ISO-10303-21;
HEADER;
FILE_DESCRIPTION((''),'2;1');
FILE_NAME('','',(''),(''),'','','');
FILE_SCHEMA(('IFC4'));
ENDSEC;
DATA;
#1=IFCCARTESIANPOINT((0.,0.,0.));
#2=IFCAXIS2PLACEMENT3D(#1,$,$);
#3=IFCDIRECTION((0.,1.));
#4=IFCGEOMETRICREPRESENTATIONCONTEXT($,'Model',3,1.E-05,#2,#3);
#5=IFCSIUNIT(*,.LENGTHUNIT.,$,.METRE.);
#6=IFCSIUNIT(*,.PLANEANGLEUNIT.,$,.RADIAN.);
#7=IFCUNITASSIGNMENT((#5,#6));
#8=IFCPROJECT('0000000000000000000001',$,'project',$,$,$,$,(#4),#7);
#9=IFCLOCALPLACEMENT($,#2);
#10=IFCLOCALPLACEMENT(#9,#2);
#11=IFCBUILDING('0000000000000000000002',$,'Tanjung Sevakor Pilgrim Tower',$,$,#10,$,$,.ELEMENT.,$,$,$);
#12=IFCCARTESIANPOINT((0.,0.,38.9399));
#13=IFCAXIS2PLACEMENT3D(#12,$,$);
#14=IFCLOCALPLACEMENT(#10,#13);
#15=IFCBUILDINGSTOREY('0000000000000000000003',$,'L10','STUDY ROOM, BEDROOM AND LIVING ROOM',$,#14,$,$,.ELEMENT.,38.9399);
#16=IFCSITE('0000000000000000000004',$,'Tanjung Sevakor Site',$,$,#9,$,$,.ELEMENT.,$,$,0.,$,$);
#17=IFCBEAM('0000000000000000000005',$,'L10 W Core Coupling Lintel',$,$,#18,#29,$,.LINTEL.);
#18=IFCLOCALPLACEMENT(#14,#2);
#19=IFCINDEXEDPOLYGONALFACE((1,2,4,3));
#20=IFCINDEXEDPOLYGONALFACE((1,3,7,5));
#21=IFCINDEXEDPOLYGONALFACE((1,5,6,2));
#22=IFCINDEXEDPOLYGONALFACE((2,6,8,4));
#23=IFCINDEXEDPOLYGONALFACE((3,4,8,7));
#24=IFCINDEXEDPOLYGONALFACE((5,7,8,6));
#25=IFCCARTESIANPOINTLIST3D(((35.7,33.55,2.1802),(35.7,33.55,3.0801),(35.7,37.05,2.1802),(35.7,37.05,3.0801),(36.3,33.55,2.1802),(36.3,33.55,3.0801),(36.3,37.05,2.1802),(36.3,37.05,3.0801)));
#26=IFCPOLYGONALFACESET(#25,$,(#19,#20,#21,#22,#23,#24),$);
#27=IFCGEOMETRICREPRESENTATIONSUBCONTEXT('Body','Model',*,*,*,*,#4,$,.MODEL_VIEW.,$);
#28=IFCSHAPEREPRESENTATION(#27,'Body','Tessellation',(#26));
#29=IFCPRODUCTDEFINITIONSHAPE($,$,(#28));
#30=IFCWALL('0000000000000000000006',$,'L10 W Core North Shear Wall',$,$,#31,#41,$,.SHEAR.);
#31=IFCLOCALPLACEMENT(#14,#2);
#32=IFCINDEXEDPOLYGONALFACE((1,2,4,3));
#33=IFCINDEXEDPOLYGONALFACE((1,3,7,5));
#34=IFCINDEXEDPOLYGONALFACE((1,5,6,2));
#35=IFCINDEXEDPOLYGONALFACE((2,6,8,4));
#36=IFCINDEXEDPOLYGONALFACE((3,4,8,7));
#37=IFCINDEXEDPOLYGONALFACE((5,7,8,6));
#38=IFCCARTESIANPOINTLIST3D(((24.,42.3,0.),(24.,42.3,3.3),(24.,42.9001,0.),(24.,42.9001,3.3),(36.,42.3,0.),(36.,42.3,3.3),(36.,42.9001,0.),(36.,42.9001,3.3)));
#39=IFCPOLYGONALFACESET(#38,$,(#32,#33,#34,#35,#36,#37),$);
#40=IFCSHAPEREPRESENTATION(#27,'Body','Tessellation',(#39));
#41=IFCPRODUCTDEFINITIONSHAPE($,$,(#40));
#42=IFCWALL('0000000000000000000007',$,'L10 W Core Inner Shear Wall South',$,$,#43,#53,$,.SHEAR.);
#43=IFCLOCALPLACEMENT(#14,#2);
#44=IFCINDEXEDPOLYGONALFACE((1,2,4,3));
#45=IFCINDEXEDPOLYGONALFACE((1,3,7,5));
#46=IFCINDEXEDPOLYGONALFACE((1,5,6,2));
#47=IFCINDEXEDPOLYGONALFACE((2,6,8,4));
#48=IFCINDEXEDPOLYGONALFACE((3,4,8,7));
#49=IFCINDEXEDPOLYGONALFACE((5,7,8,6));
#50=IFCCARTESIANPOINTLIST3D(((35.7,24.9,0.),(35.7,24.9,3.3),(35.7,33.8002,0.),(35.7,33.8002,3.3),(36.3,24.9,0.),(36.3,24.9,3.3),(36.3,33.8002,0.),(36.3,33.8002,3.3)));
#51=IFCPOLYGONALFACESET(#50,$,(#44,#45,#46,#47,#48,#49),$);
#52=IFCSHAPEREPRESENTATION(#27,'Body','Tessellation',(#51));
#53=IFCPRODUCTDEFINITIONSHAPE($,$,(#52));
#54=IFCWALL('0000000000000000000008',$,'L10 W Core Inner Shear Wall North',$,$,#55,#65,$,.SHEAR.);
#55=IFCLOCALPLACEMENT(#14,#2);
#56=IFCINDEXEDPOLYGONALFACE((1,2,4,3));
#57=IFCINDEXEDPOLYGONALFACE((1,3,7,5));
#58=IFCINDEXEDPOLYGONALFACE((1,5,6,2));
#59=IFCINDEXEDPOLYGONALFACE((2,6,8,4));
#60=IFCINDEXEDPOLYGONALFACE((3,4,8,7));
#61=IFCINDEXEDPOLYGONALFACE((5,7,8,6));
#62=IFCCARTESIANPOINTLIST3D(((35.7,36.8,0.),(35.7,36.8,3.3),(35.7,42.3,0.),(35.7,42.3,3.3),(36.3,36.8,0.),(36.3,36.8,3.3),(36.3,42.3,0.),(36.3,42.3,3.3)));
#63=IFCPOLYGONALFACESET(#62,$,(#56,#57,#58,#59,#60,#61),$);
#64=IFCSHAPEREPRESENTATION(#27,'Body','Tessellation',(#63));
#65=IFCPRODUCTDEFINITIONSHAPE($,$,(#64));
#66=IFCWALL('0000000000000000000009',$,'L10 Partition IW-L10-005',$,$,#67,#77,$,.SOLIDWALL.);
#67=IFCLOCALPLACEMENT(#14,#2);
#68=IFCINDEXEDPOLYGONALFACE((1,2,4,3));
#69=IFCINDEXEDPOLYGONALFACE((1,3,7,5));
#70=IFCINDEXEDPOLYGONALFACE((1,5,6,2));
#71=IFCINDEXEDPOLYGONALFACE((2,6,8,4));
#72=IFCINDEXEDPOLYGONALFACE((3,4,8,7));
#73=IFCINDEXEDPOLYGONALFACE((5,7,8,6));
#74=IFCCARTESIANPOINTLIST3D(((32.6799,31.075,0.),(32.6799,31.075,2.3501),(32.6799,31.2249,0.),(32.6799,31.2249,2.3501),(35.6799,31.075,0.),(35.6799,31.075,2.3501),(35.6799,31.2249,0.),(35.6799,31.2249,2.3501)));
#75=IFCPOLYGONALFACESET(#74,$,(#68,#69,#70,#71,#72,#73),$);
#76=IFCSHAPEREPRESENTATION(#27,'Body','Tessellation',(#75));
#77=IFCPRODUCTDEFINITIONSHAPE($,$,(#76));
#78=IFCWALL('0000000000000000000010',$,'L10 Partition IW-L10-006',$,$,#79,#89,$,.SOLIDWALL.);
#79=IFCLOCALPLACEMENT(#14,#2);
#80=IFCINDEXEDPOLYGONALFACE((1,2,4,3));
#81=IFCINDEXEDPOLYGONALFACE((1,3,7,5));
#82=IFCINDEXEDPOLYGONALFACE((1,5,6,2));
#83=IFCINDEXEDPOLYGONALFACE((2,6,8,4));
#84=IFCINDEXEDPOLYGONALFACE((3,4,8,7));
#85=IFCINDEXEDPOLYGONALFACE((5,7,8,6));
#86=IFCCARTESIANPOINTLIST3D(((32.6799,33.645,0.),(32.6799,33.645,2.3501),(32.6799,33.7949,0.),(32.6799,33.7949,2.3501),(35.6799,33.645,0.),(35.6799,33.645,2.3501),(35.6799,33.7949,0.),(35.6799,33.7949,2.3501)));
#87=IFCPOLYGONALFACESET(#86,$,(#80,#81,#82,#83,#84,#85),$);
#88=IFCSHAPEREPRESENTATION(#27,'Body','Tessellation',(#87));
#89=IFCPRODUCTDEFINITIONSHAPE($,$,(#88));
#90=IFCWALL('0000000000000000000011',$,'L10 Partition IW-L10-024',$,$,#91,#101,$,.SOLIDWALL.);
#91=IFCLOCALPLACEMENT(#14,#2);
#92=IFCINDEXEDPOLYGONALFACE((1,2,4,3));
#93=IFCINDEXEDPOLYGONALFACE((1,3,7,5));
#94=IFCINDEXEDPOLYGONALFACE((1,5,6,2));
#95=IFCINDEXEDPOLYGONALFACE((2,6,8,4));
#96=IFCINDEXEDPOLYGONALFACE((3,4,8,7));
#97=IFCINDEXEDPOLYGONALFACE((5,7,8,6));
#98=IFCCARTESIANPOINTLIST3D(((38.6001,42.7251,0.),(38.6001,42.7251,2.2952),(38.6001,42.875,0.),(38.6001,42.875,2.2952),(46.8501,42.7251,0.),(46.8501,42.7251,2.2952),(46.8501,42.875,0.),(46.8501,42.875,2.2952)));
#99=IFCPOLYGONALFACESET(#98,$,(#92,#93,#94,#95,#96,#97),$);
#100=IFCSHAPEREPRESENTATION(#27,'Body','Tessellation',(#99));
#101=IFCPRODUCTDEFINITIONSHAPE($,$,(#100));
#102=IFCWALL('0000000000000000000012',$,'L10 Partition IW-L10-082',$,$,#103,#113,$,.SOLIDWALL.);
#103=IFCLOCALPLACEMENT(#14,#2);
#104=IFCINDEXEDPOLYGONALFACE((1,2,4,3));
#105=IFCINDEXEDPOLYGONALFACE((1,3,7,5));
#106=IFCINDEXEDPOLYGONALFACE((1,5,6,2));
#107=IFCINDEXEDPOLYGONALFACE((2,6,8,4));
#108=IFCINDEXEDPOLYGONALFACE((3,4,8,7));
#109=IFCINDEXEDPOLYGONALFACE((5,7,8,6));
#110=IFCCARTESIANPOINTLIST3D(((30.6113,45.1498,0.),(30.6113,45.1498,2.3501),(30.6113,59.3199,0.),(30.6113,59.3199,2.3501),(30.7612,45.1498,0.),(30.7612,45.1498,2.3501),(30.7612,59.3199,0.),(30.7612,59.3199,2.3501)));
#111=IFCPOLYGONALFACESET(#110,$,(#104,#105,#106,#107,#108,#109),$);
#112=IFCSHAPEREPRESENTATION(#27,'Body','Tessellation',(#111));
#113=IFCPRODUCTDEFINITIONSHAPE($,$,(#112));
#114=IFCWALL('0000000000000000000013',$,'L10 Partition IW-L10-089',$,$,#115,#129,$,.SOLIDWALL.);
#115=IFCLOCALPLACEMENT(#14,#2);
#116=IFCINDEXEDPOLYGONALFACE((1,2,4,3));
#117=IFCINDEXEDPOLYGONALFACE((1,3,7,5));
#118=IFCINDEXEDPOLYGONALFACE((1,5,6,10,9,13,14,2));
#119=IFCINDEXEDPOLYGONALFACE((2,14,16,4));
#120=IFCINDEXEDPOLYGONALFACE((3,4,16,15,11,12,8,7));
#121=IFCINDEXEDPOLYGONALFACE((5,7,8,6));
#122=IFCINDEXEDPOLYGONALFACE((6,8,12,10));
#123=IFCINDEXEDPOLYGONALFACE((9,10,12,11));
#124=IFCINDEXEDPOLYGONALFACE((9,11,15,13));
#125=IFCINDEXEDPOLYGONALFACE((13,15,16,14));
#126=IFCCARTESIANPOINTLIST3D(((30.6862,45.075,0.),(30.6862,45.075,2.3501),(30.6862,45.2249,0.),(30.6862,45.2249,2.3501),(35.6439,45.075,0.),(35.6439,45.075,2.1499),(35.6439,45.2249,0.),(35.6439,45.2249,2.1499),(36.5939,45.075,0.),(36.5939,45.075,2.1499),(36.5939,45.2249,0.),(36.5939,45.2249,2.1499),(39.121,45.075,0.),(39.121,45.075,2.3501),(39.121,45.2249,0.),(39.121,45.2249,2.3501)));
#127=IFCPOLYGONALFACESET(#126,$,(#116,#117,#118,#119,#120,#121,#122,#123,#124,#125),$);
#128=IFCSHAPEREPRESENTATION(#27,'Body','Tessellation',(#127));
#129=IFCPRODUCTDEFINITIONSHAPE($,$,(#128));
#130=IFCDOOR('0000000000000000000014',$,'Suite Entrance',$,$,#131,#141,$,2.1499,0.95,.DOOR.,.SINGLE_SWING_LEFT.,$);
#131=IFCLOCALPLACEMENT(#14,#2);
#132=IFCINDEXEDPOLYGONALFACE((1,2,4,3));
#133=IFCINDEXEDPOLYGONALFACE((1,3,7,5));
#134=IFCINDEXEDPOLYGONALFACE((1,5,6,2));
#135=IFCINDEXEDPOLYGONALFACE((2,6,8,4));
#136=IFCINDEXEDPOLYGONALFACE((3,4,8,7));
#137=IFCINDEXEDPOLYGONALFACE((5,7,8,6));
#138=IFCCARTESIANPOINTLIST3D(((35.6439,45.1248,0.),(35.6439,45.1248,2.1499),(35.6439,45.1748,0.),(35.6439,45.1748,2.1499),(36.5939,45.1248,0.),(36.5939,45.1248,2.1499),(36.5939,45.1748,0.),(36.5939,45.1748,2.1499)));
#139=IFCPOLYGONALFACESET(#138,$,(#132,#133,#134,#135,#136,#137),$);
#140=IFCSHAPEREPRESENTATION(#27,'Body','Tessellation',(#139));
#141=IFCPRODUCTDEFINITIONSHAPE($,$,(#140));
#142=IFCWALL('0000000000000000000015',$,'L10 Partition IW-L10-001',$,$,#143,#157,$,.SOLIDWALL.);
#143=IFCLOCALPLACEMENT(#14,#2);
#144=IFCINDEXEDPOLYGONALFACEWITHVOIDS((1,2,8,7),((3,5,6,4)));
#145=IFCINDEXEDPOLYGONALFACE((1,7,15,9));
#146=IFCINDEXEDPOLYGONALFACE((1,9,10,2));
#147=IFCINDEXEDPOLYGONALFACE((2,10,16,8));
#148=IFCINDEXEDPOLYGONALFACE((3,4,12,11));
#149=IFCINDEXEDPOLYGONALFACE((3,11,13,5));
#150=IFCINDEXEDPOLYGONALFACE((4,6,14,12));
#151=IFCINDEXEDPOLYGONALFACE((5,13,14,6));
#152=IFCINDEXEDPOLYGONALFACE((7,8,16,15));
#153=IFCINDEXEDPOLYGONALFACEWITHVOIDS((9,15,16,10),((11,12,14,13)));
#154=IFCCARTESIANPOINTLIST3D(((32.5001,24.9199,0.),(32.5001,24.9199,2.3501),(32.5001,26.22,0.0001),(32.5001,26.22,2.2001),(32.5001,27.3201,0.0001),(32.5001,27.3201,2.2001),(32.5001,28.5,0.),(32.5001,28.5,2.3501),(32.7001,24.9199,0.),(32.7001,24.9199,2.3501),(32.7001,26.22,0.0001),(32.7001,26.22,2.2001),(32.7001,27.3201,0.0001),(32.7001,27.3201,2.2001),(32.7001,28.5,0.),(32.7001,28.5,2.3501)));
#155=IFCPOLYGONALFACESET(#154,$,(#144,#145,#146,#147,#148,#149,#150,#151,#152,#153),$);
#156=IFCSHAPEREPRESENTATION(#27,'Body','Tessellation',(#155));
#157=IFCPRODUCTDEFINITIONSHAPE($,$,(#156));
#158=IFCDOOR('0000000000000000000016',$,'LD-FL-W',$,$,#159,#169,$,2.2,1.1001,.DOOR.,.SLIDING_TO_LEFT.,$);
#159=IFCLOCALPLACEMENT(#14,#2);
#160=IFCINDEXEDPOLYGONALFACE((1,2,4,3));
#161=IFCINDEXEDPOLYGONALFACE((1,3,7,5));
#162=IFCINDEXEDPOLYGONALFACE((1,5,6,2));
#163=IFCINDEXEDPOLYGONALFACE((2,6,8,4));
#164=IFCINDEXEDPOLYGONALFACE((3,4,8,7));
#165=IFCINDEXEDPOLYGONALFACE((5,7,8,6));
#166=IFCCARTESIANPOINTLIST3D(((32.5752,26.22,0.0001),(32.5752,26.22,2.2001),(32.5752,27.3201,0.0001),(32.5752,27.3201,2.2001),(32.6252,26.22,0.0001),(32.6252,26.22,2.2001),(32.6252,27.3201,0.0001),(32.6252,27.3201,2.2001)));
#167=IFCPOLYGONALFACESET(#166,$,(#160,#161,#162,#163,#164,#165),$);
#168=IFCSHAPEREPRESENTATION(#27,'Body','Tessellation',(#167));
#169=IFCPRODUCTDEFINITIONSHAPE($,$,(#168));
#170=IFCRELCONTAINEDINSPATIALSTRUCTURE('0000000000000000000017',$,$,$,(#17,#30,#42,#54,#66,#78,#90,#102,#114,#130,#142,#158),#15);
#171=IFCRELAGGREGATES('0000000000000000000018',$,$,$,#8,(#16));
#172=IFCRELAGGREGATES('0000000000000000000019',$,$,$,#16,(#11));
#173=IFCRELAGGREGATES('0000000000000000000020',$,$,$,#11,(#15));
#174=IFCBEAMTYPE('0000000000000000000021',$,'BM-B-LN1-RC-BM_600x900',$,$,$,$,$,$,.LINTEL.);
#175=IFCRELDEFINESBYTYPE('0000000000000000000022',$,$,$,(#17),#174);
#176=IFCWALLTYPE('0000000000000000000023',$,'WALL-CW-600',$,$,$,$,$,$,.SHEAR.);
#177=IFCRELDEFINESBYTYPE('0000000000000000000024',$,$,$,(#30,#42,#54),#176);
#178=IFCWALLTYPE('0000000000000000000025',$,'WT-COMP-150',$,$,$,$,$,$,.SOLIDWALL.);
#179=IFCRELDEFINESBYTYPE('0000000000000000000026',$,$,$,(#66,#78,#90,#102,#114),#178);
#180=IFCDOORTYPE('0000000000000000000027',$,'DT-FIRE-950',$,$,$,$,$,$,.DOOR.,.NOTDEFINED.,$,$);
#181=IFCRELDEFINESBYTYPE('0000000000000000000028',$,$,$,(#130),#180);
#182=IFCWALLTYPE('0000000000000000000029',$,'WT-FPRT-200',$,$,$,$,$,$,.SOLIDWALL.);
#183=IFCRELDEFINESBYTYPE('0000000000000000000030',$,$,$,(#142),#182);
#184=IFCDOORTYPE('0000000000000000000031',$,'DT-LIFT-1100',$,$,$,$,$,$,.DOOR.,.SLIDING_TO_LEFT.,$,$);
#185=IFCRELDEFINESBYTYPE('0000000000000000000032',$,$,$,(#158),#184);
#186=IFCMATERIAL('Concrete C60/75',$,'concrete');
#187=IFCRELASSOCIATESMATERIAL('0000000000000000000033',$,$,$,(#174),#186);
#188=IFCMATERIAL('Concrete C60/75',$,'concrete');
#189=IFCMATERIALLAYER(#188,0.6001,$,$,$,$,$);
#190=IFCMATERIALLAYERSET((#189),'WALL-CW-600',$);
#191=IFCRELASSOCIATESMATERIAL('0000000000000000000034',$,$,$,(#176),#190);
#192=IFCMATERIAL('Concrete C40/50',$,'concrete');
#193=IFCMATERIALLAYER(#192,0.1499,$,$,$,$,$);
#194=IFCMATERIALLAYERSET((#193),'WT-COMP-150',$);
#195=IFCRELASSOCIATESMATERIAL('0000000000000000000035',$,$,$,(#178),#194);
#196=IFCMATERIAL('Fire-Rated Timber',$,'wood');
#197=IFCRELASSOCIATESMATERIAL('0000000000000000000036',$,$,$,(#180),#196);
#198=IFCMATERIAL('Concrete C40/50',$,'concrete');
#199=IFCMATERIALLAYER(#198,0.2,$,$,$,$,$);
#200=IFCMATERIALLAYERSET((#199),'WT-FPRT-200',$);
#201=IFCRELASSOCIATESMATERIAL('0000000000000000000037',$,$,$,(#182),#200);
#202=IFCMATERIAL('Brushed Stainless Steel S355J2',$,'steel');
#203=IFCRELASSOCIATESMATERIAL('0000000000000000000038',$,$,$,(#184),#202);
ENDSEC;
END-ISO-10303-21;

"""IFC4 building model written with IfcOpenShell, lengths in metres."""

from ifc_helpers import new_model, si_unit, direction, frame, frame_2d, origin, origin_2d, place, context, subcontext, project, spatial, rectangle, extrude, material, layer, layer_set, material_profile, profile_set, type_object, element, fill, save


model = new_model("IFC4")

# Units and contexts
model_context = context("Model", 3, precision=1e-05, world=origin(), true_north=direction((0.0, 1.0)))
body_context = subcontext(model_context, "Body", "Model", "MODEL_VIEW")
ifc_project = project(units=[si_unit("LENGTHUNIT", "METRE"), si_unit("PLANEANGLEUNIT", "RADIAN")], contexts=[model_context])

# Site, building, storey
site_placement = place(None, origin())
site = spatial("IfcSite", under=ifc_project, at=site_placement, Name="Tanjung Sevakor Site", CompositionType="ELEMENT", RefElevation=0.0)
building_placement = place(site_placement, origin())
building = spatial("IfcBuilding", under=site, at=building_placement, Name="Tanjung Sevakor Pilgrim Tower", CompositionType="ELEMENT")
storey_placement = place(building_placement, frame((0.0, 0.0, 38.9399)))
storey = spatial("IfcBuildingStorey", under=building, at=storey_placement, Name="L10", Description="STUDY ROOM, BEDROOM AND LIVING ROOM", CompositionType="ELEMENT", Elevation=38.9399)

# Beam
ifc_material_1 = material(Name="Concrete C60/75", Category="concrete")
ifc_material_profile_1 = material_profile(ifc_material_1, rectangle(XDim=0.6001, YDim=0.8999, at=origin_2d()))
ifc_profile_set_1 = profile_set([ifc_material_profile_1], Name="Concrete C60/75")
beam_type_1 = type_object("IfcBeamType", Name="BM-B-LN1-RC-BM_600x900", PredefinedType="LINTEL", material=ifc_profile_set_1)
beam_1_placement = place(storey_placement, frame((36.0, 33.55, 2.6301), z_axis=(0.0, 1.0, 0.0), x_axis=(-1.0, 0.0, 0.0)))
element("IfcBeam", 1, at=beam_1_placement, inside=storey, type_object=beam_type_1, Name="L10 W Core Coupling Lintel", PredefinedType="LINTEL", context=body_context, shape_type="SweptSolid", body=[
    extrude(rectangle(XDim=0.6001, YDim=0.8999, at=origin_2d()), origin(), (0.0, 0.0, 1.0), 3.5),
])

# Walls
ifc_material_2 = material(Name="Concrete C60/75", Category="concrete")
ifc_layer_1 = layer(ifc_material_2, 0.6001)
ifc_layer_set_1 = layer_set([ifc_layer_1], Name="WALL-CW-600")
wall_type_1 = type_object("IfcWallType", Name="WALL-CW-600", PredefinedType="SHEAR", material=ifc_layer_set_1)
wall_1_placement = place(storey_placement, frame((36.0, 42.6001, 0.0), z_axis=(0.0, 0.0, 1.0), x_axis=(-1.0, 0.0, 0.0)))
element("IfcWall", 2, at=wall_1_placement, inside=storey, type_object=wall_type_1, Name="L10 W Core North Shear Wall", PredefinedType="SHEAR", context=body_context, shape_type="SweptSolid", body=[
    extrude(rectangle(XDim=12.0, YDim=0.6001, at=frame_2d((6.0, 0.0))), origin(), (0.0, 0.0, 1.0), 3.3),
])
wall_2_placement = place(storey_placement, frame((36.0, 24.8999, 0.0), z_axis=(0.0, 0.0, 1.0), x_axis=(0.0, 1.0, 0.0)))
element("IfcWall", 3, at=wall_2_placement, inside=storey, type_object=wall_type_1, Name="L10 W Core Inner Shear Wall South", PredefinedType="SHEAR", context=body_context, shape_type="SweptSolid", body=[
    extrude(rectangle(XDim=8.9001, YDim=0.6001, at=frame_2d((4.4502, 0.0))), origin(), (0.0, 0.0, 1.0), 3.3),
])
wall_3_placement = place(storey_placement, frame((36.0, 36.8, 0.0), z_axis=(0.0, 0.0, 1.0), x_axis=(0.0, 1.0, 0.0)))
element("IfcWall", 4, at=wall_3_placement, inside=storey, type_object=wall_type_1, Name="L10 W Core Inner Shear Wall North", PredefinedType="SHEAR", context=body_context, shape_type="SweptSolid", body=[
    extrude(rectangle(XDim=5.5, YDim=0.6001, at=frame_2d((2.75, 0.0))), origin(), (0.0, 0.0, 1.0), 3.3),
])
ifc_material_3 = material(Name="Concrete C40/50", Category="concrete")
ifc_layer_2 = layer(ifc_material_3, 0.1499)
ifc_layer_set_2 = layer_set([ifc_layer_2], Name="WT-COMP-150")
wall_type_2 = type_object("IfcWallType", Name="WT-COMP-150", PredefinedType="SOLIDWALL", material=ifc_layer_set_2)
for number, where, z_axis, x_axis, name in (
    (5, (32.6799, 31.1499, 0.0), (0.0, 0.0, 1.0), (1.0, 0.0, 0.0), "L10 Partition IW-L10-005"),
    (6, (32.6799, 33.72, 0.0), (0.0, 0.0, 1.0), (1.0, 0.0, 0.0), "L10 Partition IW-L10-006"),
):
    element("IfcWall", number, at=place(storey_placement, frame(where, z_axis=z_axis, x_axis=x_axis)), inside=storey, type_object=wall_type_2, Name=name, PredefinedType="SOLIDWALL", context=body_context, shape_type="SweptSolid", body=[
        extrude(rectangle(XDim=3.0, YDim=0.1499, at=frame_2d((1.5, 0.0))), origin(), (0.0, 0.0, 1.0), 2.3501),
    ])

# Shared definitions
ifc_material_4 = material(Name="Fire-Rated Timber", Category="wood")
door_type_1 = type_object("IfcDoorType", Name="DT-FIRE-950", OperationType="NOTDEFINED", PredefinedType="DOOR", material=ifc_material_4)

# Walls
wall_4_placement = place(storey_placement, frame((38.6001, 42.8, 0.0), z_axis=(0.0, 0.0, 1.0), x_axis=(1.0, 0.0, 0.0)))
element("IfcWall", 7, at=wall_4_placement, inside=storey, type_object=wall_type_2, Name="L10 Partition IW-L10-024", PredefinedType="SOLIDWALL", context=body_context, shape_type="SweptSolid", body=[
    extrude(rectangle(XDim=8.25, YDim=0.1499, at=frame_2d((4.125, 0.0))), origin(), (0.0, 0.0, 1.0), 2.2952),
])
wall_5_placement = place(storey_placement, frame((30.6863, 45.1499, 0.0), z_axis=(0.0, 0.0, 1.0), x_axis=(0.0, 1.0, 0.0)))
element("IfcWall", 8, at=wall_5_placement, inside=storey, type_object=wall_type_2, Name="L10 Partition IW-L10-082", PredefinedType="SOLIDWALL", context=body_context, shape_type="SweptSolid", body=[
    extrude(rectangle(XDim=14.1702, YDim=0.1499, at=frame_2d((7.085, 0.0))), origin(), (0.0, 0.0, 1.0), 2.3501),
])

# Walls, openings, doors
wall_6_placement = place(storey_placement, frame((30.6863, 45.1499, 0.0), z_axis=(0.0, 0.0, 1.0), x_axis=(1.0, 0.0, 0.0)))
wall_6 = element("IfcWall", 9, at=wall_6_placement, inside=storey, type_object=wall_type_2, Name="L10 Partition IW-L10-089", PredefinedType="SOLIDWALL", context=body_context, shape_type="SweptSolid", body=[
    extrude(rectangle(XDim=8.4348, YDim=0.1499, at=frame_2d((4.2173, 0.0))), origin(), (0.0, 0.0, 1.0), 2.3501),
])
opening_1_placement = place(wall_6_placement, frame((4.9575, 0.0, 0.0)))
opening_1 = element("IfcOpeningElement", 10, at=opening_1_placement, cuts=wall_6, PredefinedType="OPENING", context=body_context, shape_type="SweptSolid", body=[
    extrude(rectangle(XDim=0.95, YDim=2.1499, at=frame_2d((0.4751, 1.075))), frame((0.0, 0.085, 0.0), z_axis=(0.0, -1.0, 0.0), x_axis=(1.0, 0.0, 0.0)), (0.0, 0.0, 1.0), 0.1699),
])
door_1_placement = place(opening_1_placement, origin())
door_1 = element("IfcDoor", 11, at=door_1_placement, inside=storey, type_object=door_type_1, Name="Suite Entrance", OperationType="SINGLE_SWING_LEFT", OverallHeight=2.1499, OverallWidth=0.95, PredefinedType="DOOR", context=body_context, shape_type="SweptSolid", body=[
    extrude(rectangle(XDim=0.95, YDim=2.1499, at=frame_2d((0.4751, 1.075))), frame((0.0, 0.0249, 0.0), z_axis=(0.0, -1.0, 0.0), x_axis=(1.0, 0.0, 0.0)), (0.0, 0.0, 1.0), 0.05),
])
fill(opening_1, door_1)
ifc_material_5 = material(Name="Concrete C40/50", Category="concrete")
ifc_layer_3 = layer(ifc_material_5, 0.2)
ifc_layer_set_3 = layer_set([ifc_layer_3], Name="WT-FPRT-200")
wall_type_3 = type_object("IfcWallType", Name="WT-FPRT-200", PredefinedType="SOLIDWALL", material=ifc_layer_set_3)
wall_7_placement = place(storey_placement, frame((32.6001, 24.9199, 0.0), z_axis=(0.0, 0.0, 1.0), x_axis=(0.0, 1.0, 0.0)))
wall_7 = element("IfcWall", 12, at=wall_7_placement, inside=storey, type_object=wall_type_3, Name="L10 Partition IW-L10-001", PredefinedType="SOLIDWALL", context=body_context, shape_type="SweptSolid", body=[
    extrude(rectangle(XDim=3.5801, YDim=0.2, at=frame_2d((1.79, 0.0))), origin(), (0.0, 0.0, 1.0), 2.3501),
])
opening_2_placement = place(wall_7_placement, frame((1.3, 0.0, 0.0)))
opening_2 = element("IfcOpeningElement", 13, at=opening_2_placement, cuts=wall_7, PredefinedType="OPENING", context=body_context, shape_type="SweptSolid", body=[
    extrude(rectangle(XDim=1.1001, YDim=2.2, at=frame_2d((0.55, 1.1001))), frame((0.0, 0.1099, 0.0), z_axis=(0.0, -1.0, 0.0), x_axis=(1.0, 0.0, 0.0)), (0.0, 0.0, 1.0), 0.22),
])
ifc_material_6 = material(Name="Brushed Stainless Steel S355J2", Category="steel")
door_type_2 = type_object("IfcDoorType", Name="DT-LIFT-1100", OperationType="SLIDING_TO_LEFT", PredefinedType="DOOR", material=ifc_material_6)
door_2_placement = place(opening_2_placement, origin())
door_2 = element("IfcDoor", 14, at=door_2_placement, inside=storey, type_object=door_type_2, Name="LD-FL-W", OperationType="SLIDING_TO_LEFT", OverallHeight=2.2, OverallWidth=1.1001, PredefinedType="DOOR", context=body_context, shape_type="SweptSolid", body=[
    extrude(rectangle(XDim=1.1001, YDim=2.2, at=frame_2d((0.55, 1.1001))), frame((0.0, 0.0249, 0.0), z_axis=(0.0, -1.0, 0.0), x_axis=(1.0, 0.0, 0.0)), (0.0, 0.0, 1.0), 0.05),
])
fill(opening_2, door_2)

save(model, "model.ifc")
